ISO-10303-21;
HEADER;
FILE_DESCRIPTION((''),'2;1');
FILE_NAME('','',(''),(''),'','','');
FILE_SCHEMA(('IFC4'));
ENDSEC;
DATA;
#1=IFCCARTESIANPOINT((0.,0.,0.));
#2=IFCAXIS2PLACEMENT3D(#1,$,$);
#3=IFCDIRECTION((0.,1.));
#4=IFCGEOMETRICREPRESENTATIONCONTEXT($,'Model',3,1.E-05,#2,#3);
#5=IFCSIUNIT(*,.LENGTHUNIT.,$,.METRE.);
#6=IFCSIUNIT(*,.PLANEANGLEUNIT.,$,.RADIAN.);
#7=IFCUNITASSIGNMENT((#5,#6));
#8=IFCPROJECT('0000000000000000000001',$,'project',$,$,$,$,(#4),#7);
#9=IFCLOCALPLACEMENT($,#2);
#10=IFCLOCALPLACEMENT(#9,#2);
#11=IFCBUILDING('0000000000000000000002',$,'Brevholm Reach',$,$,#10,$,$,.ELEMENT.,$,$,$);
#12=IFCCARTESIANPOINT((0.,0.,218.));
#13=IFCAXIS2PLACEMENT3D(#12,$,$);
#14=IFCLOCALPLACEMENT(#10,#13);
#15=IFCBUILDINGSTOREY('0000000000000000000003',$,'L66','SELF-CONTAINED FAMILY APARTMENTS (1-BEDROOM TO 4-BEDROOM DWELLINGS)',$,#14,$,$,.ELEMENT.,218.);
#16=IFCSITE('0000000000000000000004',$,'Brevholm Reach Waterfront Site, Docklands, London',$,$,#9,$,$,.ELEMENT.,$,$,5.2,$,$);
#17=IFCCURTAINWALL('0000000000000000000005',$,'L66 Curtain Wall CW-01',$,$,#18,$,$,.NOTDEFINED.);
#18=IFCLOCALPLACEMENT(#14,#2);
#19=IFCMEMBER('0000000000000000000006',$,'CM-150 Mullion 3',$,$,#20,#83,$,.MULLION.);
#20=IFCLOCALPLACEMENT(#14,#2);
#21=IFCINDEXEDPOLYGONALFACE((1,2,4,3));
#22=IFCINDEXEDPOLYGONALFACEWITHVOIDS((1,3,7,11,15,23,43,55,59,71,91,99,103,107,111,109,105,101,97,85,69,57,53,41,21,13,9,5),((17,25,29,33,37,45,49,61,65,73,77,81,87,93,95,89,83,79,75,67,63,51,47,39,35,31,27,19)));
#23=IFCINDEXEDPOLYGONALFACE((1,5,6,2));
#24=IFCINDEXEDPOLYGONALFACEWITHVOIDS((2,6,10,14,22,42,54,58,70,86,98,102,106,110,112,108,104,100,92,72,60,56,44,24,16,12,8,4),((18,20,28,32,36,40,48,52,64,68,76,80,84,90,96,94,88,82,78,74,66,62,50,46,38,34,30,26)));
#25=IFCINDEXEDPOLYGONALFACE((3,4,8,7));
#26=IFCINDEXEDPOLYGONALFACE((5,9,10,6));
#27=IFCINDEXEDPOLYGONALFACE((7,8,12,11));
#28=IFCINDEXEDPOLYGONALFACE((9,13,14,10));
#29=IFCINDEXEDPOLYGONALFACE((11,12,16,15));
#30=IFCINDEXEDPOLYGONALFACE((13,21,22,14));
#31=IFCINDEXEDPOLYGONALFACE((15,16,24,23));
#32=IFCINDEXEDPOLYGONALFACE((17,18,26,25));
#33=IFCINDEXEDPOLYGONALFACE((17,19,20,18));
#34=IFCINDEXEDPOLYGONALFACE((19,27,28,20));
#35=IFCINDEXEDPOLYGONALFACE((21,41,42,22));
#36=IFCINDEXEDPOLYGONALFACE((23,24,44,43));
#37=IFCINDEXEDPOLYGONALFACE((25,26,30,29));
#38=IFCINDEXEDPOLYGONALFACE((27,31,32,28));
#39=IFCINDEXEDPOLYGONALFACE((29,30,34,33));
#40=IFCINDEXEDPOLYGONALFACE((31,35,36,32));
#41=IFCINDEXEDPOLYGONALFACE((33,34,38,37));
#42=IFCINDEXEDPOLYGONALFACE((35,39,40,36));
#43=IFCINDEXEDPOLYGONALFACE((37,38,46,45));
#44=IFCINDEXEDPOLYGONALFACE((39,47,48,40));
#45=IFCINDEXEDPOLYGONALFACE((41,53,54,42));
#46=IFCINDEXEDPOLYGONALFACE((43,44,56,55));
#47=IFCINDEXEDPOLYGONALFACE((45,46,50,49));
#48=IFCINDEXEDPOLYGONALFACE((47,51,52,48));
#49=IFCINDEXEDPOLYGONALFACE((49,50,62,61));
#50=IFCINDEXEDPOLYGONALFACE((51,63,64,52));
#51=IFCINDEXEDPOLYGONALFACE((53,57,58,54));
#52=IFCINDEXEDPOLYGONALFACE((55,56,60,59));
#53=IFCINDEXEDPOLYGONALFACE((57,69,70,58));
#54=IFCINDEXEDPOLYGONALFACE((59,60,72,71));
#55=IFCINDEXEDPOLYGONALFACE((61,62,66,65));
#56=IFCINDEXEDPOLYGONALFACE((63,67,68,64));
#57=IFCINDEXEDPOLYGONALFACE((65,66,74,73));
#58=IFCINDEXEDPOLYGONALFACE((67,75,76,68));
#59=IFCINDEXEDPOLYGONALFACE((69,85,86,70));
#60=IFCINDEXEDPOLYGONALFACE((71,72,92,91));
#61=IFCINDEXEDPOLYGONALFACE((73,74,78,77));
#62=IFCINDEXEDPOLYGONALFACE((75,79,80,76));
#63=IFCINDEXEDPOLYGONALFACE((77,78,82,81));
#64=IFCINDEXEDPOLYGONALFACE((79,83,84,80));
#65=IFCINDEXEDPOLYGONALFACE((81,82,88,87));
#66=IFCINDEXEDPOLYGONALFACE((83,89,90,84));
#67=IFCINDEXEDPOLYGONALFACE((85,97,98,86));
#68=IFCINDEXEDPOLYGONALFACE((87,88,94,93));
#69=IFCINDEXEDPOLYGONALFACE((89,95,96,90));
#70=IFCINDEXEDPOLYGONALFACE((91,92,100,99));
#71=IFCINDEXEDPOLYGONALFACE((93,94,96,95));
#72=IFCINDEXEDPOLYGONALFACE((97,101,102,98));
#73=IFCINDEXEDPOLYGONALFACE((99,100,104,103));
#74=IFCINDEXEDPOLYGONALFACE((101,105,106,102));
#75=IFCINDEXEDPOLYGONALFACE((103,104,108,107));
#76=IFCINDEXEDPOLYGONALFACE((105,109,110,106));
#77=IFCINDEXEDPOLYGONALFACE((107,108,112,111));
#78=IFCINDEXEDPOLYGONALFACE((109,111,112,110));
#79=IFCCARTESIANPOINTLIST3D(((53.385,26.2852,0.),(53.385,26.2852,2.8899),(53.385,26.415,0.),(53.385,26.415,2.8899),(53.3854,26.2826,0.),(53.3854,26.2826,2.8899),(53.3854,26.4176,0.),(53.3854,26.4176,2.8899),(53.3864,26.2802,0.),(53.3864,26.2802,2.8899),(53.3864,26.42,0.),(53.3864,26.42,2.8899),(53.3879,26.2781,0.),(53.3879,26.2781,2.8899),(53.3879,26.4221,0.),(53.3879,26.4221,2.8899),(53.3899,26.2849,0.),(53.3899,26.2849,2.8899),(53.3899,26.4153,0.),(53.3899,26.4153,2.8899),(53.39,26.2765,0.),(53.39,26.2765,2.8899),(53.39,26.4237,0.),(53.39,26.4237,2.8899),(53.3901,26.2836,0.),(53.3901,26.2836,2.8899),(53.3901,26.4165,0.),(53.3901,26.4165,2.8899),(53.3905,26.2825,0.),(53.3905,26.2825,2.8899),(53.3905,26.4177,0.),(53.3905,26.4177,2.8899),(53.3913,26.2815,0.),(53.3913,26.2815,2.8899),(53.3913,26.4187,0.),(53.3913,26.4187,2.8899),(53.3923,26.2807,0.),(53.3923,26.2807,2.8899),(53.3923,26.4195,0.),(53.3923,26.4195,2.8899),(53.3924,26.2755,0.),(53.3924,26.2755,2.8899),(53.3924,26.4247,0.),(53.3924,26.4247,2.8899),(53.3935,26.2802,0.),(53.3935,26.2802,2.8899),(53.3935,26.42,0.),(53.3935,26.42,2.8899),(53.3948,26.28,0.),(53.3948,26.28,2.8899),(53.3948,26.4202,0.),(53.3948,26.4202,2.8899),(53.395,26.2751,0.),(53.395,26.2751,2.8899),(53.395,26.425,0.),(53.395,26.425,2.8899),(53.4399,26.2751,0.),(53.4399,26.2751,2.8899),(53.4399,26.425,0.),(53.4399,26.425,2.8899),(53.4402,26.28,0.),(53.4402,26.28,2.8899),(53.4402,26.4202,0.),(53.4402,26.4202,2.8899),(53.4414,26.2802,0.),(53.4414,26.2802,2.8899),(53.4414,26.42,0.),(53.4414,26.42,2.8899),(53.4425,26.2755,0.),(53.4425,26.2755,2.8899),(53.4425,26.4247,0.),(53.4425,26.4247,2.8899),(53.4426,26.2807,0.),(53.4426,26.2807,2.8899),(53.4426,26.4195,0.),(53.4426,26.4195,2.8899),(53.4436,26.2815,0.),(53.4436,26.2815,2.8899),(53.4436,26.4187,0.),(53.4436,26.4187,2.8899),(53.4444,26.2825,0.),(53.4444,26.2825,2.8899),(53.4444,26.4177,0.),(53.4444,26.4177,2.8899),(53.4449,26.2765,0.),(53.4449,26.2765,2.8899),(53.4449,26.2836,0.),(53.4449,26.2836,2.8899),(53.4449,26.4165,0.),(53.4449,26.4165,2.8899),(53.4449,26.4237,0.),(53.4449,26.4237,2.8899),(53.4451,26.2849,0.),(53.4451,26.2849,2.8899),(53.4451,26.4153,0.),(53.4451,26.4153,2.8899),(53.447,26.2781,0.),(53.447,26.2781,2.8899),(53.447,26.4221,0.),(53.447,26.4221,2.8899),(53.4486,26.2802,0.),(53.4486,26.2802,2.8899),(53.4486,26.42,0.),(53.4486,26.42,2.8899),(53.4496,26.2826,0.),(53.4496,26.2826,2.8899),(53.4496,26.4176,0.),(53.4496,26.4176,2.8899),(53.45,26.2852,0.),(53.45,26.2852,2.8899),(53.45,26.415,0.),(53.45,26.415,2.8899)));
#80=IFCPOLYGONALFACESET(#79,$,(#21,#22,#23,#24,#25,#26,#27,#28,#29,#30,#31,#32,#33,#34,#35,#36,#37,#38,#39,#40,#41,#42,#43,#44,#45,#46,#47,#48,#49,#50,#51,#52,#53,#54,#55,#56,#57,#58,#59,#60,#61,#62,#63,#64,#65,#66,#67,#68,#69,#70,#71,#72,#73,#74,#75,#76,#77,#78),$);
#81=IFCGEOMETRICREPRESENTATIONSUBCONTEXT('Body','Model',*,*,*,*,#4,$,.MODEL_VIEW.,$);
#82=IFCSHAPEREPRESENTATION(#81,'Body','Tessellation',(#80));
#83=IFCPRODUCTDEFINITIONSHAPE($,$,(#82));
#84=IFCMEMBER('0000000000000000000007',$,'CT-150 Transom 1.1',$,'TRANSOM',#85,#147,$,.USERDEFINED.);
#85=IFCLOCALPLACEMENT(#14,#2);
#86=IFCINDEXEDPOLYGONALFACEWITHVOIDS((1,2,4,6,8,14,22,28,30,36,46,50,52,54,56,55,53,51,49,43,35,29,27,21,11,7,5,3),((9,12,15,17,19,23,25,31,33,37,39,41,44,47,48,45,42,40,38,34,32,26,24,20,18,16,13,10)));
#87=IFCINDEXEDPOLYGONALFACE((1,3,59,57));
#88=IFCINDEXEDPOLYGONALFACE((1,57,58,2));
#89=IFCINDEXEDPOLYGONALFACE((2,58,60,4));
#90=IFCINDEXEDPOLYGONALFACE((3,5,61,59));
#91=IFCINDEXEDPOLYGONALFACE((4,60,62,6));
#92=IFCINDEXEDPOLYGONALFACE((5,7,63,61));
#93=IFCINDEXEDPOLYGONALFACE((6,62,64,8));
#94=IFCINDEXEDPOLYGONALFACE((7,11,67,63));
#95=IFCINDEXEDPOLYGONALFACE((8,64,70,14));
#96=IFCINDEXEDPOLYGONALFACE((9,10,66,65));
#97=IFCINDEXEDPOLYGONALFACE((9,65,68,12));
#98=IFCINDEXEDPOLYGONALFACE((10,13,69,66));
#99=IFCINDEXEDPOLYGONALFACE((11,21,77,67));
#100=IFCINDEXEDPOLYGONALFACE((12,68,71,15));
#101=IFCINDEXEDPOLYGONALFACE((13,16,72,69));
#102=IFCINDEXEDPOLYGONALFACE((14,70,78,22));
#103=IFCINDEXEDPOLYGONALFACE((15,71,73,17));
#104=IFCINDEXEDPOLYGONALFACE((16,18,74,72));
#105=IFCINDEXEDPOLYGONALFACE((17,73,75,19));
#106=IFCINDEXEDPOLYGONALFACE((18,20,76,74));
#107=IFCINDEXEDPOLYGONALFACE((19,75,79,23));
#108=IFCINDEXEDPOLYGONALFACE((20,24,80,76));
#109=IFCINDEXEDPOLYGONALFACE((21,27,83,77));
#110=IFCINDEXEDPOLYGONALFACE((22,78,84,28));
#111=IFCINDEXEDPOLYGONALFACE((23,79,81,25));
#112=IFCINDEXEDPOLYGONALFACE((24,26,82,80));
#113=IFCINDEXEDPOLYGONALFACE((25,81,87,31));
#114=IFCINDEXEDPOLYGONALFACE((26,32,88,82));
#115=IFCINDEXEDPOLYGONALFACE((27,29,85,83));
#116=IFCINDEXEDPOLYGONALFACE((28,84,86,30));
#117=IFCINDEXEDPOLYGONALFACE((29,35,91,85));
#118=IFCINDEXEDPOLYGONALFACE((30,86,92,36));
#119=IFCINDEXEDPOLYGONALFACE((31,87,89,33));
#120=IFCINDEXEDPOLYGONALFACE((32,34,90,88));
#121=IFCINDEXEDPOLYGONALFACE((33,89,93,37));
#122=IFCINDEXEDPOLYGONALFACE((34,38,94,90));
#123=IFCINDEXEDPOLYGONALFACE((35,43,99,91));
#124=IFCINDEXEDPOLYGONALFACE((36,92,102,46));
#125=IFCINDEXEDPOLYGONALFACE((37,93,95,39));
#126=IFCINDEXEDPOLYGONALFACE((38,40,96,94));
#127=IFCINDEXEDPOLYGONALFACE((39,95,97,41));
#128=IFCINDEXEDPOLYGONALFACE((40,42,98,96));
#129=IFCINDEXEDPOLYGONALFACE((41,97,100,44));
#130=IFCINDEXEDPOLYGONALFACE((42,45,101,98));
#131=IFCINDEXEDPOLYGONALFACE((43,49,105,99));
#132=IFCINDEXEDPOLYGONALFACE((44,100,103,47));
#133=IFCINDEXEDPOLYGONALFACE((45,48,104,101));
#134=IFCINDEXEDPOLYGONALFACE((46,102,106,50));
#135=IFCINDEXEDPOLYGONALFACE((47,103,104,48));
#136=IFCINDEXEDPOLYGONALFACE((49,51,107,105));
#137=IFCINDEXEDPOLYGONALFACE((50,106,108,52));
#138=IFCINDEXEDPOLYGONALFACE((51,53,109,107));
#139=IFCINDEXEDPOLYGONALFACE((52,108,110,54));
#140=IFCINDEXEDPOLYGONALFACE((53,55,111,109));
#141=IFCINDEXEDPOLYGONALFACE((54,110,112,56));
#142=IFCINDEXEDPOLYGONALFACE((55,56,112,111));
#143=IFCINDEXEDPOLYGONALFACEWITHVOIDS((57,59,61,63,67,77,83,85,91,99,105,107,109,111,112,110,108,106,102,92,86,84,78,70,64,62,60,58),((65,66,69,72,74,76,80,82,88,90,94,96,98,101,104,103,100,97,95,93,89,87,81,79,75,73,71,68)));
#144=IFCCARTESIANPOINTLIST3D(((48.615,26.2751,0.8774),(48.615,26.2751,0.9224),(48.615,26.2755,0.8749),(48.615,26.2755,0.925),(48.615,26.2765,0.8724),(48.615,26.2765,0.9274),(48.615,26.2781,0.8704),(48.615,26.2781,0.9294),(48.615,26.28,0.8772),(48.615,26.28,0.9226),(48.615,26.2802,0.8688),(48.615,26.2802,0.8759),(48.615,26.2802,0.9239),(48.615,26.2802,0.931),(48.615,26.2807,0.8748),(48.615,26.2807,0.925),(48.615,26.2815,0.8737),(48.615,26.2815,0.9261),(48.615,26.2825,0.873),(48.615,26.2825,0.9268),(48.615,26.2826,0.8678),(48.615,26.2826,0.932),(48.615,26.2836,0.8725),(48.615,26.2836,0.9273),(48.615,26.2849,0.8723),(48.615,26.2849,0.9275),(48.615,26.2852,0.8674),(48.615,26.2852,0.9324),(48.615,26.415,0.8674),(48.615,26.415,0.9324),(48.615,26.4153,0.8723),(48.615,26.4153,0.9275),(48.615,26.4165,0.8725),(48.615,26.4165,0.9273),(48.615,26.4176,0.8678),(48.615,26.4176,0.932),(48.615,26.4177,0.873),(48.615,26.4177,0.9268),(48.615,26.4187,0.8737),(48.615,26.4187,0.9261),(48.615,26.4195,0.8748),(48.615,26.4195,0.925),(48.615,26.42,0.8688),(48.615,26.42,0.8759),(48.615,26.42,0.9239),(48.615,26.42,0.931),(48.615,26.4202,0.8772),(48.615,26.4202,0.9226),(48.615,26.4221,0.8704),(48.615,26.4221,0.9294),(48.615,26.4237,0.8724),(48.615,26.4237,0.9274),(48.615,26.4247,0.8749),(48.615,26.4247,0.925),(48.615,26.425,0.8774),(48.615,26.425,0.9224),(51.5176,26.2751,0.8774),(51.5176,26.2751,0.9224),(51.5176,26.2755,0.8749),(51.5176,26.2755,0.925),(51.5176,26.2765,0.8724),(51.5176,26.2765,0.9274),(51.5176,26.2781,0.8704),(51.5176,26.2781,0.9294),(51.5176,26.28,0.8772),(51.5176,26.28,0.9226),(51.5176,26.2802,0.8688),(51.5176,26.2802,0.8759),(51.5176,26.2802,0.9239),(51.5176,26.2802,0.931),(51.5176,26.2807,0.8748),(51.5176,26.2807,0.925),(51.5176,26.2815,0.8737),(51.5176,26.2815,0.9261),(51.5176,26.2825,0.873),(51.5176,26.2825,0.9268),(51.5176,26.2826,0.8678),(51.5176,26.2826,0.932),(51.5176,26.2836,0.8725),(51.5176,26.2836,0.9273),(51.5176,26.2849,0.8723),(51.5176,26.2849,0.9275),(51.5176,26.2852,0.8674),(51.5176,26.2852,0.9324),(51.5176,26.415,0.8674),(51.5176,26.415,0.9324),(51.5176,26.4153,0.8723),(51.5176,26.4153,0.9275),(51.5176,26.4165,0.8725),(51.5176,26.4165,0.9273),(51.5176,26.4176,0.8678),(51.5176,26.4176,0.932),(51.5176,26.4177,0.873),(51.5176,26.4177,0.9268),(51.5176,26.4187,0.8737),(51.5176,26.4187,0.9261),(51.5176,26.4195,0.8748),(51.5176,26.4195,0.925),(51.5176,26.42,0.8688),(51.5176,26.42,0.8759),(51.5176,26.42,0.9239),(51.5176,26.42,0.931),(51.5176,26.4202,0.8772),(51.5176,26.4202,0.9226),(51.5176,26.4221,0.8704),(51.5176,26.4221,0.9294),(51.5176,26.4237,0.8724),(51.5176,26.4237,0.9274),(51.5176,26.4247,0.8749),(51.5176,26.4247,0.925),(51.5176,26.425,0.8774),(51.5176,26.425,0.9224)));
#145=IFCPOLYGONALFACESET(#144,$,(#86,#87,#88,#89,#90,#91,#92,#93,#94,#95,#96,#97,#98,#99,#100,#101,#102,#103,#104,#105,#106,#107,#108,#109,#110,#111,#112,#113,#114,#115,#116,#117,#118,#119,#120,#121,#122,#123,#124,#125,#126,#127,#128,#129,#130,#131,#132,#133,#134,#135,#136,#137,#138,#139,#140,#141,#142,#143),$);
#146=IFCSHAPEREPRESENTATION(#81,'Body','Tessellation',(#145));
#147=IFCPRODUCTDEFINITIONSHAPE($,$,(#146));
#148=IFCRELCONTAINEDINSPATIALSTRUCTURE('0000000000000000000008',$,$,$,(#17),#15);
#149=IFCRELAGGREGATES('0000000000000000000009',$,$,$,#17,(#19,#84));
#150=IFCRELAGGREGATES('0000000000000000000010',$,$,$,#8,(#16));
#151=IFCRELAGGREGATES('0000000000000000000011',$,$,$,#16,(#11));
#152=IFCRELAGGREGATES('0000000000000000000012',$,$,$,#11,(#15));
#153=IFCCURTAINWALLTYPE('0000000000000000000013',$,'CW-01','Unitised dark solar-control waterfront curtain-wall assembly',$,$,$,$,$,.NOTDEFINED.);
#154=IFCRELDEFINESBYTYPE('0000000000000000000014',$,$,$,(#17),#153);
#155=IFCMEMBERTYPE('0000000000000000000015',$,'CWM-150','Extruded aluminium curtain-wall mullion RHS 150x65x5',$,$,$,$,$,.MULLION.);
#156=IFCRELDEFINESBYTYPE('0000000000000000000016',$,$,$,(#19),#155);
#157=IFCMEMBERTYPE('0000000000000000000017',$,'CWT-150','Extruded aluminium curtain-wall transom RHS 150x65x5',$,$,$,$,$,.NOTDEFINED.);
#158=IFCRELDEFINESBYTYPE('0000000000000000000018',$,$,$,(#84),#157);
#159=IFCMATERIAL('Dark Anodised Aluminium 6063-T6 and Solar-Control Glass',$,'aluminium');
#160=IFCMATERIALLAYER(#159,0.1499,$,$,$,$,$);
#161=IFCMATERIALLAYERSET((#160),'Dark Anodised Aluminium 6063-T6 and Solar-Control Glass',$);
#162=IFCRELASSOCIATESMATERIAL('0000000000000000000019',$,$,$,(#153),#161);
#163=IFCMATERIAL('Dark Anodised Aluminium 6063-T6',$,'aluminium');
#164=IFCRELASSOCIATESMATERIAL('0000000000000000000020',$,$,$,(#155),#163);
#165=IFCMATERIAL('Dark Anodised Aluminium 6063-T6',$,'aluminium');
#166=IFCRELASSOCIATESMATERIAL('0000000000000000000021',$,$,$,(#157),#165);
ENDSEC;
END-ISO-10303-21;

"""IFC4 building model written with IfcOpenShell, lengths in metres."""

from ifc_helpers import new_model, si_unit, direction, frame, origin, origin_2d, place, context, subcontext, project, spatial, hollow_rectangle, extrude, material, layer, layer_set, material_profile, profile_set, type_object, element, aggregate, save


model = new_model("IFC4")

# Units and contexts
model_context = context("Model", 3, precision=1e-05, world=origin(), true_north=direction((0.0, 1.0)))
body_context = subcontext(model_context, "Body", "Model", "MODEL_VIEW")
ifc_project = project(units=[si_unit("LENGTHUNIT", "METRE"), si_unit("PLANEANGLEUNIT", "RADIAN")], contexts=[model_context])

# Site, building, storey
site_placement = place(None, origin())
site = spatial("IfcSite", under=ifc_project, at=site_placement, Name="Brevholm Reach Waterfront Site, Docklands, London", CompositionType="ELEMENT", RefElevation=5.2)
building_placement = place(site_placement, origin())
building = spatial("IfcBuilding", under=site, at=building_placement, Name="Brevholm Reach", CompositionType="ELEMENT")
storey_placement = place(building_placement, frame((0.0, 0.0, 218.0)))
storey = spatial("IfcBuildingStorey", under=building, at=storey_placement, Name="L66", Description="SELF-CONTAINED FAMILY APARTMENTS (1-BEDROOM TO 4-BEDROOM DWELLINGS)", CompositionType="ELEMENT", Elevation=218.0)

# Curtain wall, members
ifc_material_1 = material(Name="Dark Anodised Aluminium 6063-T6 and Solar-Control Glass", Category="aluminium")
ifc_layer_1 = layer(ifc_material_1, 0.1499)
ifc_layer_set_1 = layer_set([ifc_layer_1], Name="Dark Anodised Aluminium 6063-T6 and Solar-Control Glass")
curtain_wall_type = type_object("IfcCurtainWallType", Name="CW-01", Description="Unitised dark solar-control waterfront curtain-wall assembly", PredefinedType="NOTDEFINED", material=ifc_layer_set_1)
curtain_wall_placement = place(storey_placement, origin())
curtain_wall = element("IfcCurtainWall", 1, at=curtain_wall_placement, inside=storey, type_object=curtain_wall_type, Name="L66 Curtain Wall CW-01", PredefinedType="NOTDEFINED")
ifc_material_2 = material(Name="Dark Anodised Aluminium 6063-T6", Category="aluminium")
ifc_material_profile_1 = material_profile(ifc_material_2, hollow_rectangle(XDim=0.0649, YDim=0.1499, WallThickness=0.0049, InnerFilletRadius=0.0049, OuterFilletRadius=0.01, at=origin_2d()), Name="RHS 150x65x5")
ifc_profile_set_1 = profile_set([ifc_material_profile_1], Name="Dark Anodised Aluminium 6063-T6")
member_type_1 = type_object("IfcMemberType", Name="CWM-150", Description="Extruded aluminium curtain-wall mullion RHS 150x65x5", PredefinedType="MULLION", material=ifc_profile_set_1)
member_1_placement = place(storey_placement, frame((53.4175, 26.3501, 0.0), z_axis=(0.0, 0.0, 1.0), x_axis=(1.0, 0.0, 0.0)))
member_1 = element("IfcMember", 2, at=member_1_placement, type_object=member_type_1, Name="CM-150 Mullion 3", PredefinedType="MULLION", context=body_context, shape_type="SweptSolid", body=[
    extrude(hollow_rectangle(XDim=0.0649, YDim=0.1499, WallThickness=0.0049, InnerFilletRadius=0.0049, OuterFilletRadius=0.01, at=origin_2d()), origin(), (0.0, 0.0, 1.0), 2.8899),
])
ifc_material_3 = material(Name="Dark Anodised Aluminium 6063-T6", Category="aluminium")
ifc_material_profile_2 = material_profile(ifc_material_3, hollow_rectangle(XDim=0.0649, YDim=0.1499, WallThickness=0.0049, InnerFilletRadius=0.0049, OuterFilletRadius=0.01, at=origin_2d()), Name="RHS 150x65x5")
ifc_profile_set_2 = profile_set([ifc_material_profile_2], Name="Dark Anodised Aluminium 6063-T6")
member_type_2 = type_object("IfcMemberType", Name="CWT-150", Description="Extruded aluminium curtain-wall transom RHS 150x65x5", PredefinedType="NOTDEFINED", material=ifc_profile_set_2)
member_2_placement = place(storey_placement, frame((48.615, 26.3501, 0.8999), z_axis=(1.0, 0.0, 0.0), x_axis=(0.0, 0.0, 1.0)))
member_2 = element("IfcMember", 3, at=member_2_placement, type_object=member_type_2, Name="CT-150 Transom 1.1", ObjectType="TRANSOM", PredefinedType="USERDEFINED", context=body_context, shape_type="SweptSolid", body=[
    extrude(hollow_rectangle(XDim=0.0649, YDim=0.1499, WallThickness=0.0049, InnerFilletRadius=0.0049, OuterFilletRadius=0.01, at=origin_2d()), origin(), (0.0, 0.0, 1.0), 2.9026),
])
aggregate(curtain_wall, [member_1, member_2])

save(model, "model.ifc")
